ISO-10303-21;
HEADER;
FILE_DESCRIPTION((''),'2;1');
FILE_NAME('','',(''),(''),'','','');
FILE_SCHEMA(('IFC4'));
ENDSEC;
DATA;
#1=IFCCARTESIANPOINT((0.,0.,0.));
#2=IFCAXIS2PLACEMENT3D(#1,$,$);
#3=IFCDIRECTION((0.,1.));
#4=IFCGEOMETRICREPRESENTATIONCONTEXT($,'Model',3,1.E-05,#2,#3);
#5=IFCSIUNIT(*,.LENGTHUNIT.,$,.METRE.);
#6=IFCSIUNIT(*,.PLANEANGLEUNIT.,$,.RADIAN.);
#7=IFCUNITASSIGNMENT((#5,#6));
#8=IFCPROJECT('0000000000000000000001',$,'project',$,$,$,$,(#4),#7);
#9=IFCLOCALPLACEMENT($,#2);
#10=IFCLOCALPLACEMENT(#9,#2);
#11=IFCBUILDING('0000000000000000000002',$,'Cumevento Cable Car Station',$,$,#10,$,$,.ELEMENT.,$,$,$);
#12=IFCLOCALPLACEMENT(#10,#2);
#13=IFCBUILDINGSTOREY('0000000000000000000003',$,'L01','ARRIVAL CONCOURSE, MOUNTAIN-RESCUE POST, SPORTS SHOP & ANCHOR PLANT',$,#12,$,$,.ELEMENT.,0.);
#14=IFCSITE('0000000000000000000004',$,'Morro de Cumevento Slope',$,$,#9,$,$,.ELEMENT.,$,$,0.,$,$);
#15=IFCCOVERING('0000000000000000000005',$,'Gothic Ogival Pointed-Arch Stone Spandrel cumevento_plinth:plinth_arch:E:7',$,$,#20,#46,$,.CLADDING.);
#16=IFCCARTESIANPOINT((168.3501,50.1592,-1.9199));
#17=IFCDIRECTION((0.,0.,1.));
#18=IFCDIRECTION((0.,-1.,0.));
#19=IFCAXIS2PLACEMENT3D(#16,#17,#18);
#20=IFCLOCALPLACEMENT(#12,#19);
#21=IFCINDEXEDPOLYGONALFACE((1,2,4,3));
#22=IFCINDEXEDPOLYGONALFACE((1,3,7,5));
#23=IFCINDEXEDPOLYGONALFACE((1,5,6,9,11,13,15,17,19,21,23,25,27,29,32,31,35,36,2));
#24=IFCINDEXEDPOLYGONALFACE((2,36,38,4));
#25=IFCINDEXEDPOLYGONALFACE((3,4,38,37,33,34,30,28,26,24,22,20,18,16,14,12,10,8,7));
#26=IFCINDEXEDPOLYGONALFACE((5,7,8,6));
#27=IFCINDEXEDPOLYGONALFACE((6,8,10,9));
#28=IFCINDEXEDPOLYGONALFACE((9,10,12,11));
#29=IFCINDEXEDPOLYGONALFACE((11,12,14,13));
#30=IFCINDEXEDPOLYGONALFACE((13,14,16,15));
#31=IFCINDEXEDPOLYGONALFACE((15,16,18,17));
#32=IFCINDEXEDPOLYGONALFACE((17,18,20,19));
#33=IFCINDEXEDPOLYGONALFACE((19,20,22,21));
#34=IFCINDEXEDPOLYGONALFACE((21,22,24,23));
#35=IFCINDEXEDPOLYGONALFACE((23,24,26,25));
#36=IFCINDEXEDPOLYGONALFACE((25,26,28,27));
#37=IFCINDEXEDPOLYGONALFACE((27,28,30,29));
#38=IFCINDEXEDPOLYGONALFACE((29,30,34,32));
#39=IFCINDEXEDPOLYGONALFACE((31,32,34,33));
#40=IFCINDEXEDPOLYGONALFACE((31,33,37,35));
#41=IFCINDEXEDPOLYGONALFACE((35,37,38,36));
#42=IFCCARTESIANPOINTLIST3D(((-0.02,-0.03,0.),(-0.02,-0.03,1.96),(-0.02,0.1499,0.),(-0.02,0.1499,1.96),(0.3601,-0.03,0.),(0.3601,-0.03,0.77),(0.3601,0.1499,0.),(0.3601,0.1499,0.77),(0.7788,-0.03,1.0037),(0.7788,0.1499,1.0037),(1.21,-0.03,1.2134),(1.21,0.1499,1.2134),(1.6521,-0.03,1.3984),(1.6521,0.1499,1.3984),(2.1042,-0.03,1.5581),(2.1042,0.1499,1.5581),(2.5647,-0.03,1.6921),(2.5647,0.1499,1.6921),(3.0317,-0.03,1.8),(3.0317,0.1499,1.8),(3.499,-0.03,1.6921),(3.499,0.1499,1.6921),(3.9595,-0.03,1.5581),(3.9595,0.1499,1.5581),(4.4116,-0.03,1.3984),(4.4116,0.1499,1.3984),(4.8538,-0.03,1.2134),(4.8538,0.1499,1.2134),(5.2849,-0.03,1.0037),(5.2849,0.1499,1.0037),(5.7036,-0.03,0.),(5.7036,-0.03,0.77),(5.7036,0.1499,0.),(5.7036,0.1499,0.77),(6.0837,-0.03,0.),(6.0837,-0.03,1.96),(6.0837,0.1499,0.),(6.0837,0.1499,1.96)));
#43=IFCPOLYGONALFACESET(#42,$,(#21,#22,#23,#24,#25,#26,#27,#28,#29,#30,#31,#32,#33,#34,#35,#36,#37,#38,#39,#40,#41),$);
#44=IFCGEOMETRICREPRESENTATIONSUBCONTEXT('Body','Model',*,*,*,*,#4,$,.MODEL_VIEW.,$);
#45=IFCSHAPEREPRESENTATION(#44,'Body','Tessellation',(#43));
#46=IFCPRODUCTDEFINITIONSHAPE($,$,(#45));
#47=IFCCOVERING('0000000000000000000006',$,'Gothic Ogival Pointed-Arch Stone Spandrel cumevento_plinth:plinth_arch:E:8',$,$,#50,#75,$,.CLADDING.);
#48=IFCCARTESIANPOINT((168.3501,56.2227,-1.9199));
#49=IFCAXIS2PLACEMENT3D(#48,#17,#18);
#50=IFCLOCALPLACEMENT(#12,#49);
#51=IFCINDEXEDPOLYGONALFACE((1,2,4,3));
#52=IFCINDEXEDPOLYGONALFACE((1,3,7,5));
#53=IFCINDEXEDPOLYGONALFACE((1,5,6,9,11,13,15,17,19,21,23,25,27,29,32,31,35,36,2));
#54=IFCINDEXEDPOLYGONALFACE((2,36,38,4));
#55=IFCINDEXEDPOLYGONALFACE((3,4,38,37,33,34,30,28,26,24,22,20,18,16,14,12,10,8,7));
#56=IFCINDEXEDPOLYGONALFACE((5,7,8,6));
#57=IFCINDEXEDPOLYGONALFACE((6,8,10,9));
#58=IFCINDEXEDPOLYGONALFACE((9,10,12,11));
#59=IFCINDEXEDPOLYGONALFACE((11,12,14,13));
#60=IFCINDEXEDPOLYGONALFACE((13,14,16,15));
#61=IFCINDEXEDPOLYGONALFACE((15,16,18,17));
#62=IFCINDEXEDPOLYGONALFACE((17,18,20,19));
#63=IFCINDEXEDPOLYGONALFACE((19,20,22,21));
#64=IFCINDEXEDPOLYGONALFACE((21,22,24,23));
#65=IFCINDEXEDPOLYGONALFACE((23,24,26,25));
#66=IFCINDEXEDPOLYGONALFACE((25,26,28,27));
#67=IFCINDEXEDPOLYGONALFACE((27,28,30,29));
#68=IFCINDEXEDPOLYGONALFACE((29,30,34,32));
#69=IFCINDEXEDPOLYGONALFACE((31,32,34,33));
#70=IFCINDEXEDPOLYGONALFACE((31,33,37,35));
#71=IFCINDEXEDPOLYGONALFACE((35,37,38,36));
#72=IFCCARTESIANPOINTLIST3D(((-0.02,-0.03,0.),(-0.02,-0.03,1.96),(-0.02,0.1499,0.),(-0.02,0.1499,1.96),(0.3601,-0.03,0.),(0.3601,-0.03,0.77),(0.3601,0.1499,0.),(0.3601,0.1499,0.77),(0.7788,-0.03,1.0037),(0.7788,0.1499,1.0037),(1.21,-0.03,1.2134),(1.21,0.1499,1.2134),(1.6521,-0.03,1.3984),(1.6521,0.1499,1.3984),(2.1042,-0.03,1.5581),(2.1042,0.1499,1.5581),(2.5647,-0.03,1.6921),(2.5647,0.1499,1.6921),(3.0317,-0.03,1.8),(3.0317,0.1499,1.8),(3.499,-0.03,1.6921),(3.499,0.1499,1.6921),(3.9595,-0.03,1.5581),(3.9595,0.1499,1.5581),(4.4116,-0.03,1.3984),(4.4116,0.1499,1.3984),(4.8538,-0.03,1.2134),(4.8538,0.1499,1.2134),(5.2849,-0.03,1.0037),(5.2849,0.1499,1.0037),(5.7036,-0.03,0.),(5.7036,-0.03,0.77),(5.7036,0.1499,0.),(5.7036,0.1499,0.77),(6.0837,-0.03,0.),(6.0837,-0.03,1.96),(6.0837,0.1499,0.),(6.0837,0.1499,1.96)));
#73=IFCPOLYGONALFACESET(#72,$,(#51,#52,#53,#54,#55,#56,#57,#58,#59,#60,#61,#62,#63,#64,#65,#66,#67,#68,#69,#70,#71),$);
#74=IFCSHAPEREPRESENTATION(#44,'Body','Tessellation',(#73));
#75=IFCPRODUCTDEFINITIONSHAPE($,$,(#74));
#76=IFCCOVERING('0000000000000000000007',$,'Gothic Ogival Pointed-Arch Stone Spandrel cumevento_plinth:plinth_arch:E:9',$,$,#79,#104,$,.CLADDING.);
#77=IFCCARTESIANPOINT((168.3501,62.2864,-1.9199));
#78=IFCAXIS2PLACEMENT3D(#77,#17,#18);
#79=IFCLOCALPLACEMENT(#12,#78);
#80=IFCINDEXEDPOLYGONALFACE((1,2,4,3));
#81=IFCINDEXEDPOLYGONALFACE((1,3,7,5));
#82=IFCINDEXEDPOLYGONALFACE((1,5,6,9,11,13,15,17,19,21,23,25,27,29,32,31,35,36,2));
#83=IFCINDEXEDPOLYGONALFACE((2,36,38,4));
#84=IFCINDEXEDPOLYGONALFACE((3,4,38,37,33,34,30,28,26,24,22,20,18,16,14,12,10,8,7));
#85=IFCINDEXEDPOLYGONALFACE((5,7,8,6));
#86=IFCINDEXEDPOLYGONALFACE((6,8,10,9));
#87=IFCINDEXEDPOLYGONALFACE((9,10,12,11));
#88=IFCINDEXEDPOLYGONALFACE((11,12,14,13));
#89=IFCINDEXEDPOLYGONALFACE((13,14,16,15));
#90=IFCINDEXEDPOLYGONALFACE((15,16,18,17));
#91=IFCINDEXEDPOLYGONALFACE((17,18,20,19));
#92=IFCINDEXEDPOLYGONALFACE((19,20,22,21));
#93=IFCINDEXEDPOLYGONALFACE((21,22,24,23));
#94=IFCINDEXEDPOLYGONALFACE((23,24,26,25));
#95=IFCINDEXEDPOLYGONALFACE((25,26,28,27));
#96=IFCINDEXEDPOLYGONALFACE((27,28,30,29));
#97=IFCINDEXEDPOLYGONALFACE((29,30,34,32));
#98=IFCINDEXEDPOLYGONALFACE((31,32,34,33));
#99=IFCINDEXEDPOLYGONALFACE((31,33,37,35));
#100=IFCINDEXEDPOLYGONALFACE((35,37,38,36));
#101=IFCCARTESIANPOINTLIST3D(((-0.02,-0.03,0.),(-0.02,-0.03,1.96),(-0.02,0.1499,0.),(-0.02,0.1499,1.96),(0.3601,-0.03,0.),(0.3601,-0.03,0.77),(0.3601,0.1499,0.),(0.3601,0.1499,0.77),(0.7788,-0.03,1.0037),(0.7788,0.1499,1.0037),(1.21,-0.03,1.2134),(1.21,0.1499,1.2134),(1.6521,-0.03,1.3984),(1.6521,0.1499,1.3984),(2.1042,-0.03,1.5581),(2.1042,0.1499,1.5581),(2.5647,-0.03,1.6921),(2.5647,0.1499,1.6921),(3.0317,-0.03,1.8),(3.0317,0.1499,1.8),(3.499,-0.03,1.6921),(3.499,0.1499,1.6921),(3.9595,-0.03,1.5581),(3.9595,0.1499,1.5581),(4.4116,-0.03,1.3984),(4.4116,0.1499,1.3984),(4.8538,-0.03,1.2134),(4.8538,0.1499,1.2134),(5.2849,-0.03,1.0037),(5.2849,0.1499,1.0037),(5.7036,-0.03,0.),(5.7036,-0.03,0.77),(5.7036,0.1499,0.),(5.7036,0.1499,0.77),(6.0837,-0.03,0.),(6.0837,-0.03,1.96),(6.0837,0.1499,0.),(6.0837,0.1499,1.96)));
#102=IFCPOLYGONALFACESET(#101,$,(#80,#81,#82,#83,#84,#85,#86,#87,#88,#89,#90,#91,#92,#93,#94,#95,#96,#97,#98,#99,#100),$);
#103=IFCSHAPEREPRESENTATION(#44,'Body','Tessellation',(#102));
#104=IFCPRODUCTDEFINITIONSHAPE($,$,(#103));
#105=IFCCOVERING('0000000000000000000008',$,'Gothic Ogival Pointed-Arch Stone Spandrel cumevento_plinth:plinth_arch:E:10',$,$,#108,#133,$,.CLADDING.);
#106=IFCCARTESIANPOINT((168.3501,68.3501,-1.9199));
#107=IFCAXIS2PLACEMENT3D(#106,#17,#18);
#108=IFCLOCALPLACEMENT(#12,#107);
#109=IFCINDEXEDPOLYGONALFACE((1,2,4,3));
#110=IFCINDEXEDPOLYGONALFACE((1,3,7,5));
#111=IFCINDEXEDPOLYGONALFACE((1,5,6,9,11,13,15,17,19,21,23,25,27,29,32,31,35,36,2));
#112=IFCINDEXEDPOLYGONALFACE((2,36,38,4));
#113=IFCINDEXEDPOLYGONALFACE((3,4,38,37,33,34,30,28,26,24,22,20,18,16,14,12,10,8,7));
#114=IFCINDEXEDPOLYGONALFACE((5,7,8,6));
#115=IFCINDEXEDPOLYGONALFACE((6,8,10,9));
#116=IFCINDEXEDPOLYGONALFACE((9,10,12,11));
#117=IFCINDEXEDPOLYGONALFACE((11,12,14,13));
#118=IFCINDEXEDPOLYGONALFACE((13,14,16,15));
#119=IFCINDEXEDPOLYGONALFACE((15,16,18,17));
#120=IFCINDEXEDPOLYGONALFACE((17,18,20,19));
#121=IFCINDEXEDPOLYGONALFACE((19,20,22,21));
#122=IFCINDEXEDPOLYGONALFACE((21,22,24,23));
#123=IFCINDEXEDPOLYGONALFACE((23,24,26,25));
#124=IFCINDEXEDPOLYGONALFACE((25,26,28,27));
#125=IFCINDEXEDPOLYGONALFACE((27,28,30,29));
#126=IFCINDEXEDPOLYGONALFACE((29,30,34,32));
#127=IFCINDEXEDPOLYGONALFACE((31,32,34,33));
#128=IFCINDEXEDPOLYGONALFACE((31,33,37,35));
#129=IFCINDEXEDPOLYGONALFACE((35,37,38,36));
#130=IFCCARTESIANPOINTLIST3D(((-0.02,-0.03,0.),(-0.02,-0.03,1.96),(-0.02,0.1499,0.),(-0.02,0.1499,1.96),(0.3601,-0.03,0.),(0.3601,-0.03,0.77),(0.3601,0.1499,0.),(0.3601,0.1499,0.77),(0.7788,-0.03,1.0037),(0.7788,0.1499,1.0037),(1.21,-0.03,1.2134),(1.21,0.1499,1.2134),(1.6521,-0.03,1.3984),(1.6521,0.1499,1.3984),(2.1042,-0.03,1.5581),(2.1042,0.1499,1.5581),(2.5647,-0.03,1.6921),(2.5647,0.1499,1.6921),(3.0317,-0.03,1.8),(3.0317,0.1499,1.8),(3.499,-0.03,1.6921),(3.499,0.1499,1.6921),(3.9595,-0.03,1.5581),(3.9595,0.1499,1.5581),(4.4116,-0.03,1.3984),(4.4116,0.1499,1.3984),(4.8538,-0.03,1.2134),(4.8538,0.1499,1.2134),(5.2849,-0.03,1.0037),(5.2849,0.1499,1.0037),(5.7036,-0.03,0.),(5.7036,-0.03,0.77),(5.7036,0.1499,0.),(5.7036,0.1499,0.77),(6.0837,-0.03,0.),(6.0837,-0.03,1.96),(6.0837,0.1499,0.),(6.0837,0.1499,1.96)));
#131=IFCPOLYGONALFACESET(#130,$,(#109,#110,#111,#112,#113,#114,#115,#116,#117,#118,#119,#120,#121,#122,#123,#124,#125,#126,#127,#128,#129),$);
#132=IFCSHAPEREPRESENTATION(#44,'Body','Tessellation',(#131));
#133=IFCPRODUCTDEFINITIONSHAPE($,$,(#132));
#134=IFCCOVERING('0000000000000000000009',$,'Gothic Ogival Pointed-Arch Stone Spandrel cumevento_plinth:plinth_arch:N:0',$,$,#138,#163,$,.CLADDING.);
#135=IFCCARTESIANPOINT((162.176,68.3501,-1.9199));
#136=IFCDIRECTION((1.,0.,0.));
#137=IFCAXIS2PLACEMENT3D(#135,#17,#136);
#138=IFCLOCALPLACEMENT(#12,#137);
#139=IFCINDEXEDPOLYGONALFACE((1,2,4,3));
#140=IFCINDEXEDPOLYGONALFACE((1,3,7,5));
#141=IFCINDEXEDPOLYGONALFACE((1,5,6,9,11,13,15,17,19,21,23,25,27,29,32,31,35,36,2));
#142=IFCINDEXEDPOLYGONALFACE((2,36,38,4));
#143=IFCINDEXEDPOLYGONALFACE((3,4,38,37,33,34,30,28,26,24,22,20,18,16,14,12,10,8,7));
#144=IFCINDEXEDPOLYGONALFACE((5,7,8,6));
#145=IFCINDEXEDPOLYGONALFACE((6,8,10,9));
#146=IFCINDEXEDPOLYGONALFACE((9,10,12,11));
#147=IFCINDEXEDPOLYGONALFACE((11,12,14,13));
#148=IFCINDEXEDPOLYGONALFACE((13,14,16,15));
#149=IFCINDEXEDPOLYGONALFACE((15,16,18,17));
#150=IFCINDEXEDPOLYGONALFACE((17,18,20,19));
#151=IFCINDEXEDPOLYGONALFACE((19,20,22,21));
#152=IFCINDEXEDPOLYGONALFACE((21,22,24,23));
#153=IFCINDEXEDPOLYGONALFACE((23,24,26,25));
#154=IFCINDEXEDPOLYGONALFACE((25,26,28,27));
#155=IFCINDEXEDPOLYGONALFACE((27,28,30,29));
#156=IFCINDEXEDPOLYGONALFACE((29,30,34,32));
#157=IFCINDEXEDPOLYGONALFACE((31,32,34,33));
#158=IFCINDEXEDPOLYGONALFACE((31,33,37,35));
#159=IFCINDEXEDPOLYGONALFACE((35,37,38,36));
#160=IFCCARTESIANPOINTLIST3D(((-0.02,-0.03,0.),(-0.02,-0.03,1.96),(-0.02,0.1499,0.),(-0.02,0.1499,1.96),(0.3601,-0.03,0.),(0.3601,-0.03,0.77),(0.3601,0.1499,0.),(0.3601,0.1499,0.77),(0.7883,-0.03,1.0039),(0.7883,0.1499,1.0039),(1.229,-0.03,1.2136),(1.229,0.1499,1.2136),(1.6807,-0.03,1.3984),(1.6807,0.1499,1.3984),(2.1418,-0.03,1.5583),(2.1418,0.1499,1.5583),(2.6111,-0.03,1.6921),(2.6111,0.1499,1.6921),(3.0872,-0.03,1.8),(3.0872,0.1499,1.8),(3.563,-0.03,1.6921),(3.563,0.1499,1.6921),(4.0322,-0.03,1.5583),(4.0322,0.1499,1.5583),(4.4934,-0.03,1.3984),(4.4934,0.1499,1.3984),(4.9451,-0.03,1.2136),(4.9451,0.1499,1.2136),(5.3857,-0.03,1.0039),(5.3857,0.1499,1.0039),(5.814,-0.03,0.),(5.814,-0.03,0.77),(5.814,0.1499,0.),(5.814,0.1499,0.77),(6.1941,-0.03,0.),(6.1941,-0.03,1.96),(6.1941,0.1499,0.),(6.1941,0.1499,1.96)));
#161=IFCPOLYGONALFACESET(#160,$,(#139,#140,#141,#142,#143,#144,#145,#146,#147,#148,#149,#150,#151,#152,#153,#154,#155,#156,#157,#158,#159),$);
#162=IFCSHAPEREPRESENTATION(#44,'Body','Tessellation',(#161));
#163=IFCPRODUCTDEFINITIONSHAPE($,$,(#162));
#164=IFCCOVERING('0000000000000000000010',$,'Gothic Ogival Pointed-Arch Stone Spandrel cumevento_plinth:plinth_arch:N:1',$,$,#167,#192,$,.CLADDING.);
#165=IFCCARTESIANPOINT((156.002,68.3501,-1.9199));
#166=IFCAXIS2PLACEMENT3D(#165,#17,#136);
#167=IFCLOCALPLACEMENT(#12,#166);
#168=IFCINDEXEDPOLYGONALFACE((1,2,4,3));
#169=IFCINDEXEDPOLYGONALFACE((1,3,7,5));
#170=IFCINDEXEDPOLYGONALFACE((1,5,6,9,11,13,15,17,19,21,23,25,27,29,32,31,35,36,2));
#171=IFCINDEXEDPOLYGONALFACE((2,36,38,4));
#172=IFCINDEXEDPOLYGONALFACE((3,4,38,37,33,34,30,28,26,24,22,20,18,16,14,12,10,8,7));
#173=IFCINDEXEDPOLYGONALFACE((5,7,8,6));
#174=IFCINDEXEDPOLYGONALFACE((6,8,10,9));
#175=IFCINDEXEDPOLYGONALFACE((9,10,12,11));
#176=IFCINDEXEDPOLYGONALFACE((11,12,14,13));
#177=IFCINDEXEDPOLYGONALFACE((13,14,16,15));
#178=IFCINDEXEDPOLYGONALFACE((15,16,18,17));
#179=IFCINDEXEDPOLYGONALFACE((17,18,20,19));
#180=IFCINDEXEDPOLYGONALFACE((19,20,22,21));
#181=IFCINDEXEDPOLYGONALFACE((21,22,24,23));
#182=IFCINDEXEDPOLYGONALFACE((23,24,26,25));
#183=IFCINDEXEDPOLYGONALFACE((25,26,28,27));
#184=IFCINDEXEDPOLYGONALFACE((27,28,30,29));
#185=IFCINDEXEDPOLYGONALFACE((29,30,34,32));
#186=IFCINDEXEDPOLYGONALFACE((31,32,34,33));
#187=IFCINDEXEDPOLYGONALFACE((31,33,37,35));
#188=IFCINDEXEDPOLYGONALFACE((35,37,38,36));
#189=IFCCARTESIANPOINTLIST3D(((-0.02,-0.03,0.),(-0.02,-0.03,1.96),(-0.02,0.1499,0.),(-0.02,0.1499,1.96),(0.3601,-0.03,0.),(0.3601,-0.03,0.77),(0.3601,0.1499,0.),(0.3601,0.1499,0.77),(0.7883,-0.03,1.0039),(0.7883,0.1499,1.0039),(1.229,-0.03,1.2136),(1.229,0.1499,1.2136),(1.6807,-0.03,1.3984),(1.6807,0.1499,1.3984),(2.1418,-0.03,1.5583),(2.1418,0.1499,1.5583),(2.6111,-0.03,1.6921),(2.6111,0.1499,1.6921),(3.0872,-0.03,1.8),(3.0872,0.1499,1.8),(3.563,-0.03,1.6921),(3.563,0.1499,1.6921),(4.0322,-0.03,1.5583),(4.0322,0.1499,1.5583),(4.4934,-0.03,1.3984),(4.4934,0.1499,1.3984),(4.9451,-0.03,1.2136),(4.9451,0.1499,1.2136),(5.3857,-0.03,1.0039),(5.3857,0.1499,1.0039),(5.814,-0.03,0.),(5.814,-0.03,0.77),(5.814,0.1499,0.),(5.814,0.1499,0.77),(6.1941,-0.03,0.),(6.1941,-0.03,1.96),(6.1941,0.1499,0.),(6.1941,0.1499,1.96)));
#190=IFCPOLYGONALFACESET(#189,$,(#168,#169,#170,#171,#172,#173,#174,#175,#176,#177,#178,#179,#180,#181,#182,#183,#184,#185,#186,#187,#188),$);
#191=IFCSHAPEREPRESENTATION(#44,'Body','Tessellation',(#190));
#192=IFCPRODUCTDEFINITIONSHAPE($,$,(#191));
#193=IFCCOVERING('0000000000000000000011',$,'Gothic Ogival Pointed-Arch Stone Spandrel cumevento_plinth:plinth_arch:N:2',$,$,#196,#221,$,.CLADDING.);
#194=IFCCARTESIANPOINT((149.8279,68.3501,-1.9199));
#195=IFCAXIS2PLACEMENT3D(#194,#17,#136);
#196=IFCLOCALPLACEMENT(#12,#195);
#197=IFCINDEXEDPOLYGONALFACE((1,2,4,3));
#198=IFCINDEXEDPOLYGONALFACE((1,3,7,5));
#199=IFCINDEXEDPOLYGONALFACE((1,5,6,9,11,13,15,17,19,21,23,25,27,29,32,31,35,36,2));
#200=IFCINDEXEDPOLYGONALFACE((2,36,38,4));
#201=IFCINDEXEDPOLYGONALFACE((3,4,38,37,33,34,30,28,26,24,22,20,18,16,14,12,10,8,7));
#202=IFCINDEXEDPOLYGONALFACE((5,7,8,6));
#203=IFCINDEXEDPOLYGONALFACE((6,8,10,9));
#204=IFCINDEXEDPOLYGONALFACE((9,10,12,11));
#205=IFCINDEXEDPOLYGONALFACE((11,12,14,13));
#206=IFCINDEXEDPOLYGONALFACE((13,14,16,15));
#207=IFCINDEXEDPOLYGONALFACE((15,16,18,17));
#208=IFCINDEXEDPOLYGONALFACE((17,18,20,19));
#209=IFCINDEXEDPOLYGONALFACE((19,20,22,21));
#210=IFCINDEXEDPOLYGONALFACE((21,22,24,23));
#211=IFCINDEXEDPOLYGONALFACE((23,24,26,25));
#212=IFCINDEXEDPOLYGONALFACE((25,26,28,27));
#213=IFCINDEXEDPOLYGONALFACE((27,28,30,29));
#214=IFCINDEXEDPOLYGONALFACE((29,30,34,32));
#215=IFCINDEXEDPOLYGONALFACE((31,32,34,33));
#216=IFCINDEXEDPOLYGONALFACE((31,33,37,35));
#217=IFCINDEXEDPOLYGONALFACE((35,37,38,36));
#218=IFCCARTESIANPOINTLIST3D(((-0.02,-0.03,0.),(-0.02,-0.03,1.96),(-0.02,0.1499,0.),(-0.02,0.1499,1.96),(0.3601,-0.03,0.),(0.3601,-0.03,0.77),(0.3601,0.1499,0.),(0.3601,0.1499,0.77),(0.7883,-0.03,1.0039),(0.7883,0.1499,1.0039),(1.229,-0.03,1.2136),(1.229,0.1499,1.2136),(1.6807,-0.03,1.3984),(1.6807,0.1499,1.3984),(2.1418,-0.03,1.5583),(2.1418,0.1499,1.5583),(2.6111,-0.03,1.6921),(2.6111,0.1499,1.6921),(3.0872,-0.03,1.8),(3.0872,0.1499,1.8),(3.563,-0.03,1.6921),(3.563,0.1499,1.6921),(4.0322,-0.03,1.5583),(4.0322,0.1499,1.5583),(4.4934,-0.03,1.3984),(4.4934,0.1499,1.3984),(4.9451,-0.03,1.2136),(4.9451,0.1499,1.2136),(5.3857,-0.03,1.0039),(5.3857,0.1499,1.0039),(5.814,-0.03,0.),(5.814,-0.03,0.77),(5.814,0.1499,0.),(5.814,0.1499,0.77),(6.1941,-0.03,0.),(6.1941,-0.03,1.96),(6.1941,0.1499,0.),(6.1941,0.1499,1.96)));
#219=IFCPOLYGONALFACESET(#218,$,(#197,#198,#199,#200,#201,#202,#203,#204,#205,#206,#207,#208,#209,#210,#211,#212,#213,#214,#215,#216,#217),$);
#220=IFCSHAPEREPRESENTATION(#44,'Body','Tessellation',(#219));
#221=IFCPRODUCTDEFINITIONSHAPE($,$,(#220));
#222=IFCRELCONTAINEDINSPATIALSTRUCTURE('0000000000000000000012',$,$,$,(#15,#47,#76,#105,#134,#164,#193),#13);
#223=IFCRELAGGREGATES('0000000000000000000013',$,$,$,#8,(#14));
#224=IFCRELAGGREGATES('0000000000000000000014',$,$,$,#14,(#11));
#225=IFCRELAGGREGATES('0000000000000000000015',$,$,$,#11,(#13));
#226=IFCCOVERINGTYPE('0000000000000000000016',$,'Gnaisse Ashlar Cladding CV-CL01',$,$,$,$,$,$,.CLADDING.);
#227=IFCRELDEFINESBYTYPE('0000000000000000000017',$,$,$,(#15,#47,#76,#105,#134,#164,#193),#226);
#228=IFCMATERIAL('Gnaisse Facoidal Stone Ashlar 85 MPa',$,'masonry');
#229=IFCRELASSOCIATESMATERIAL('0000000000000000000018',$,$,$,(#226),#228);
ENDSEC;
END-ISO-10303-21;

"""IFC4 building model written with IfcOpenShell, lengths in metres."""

from ifc_helpers import new_model, si_unit, direction, frame, origin, place, context, subcontext, project, spatial, polyline, outline, extrude, material, type_object, element, save


model = new_model("IFC4")

# Units and contexts
model_context = context("Model", 3, precision=1e-05, world=origin(), true_north=direction((0.0, 1.0)))
body_context = subcontext(model_context, "Body", "Model", "MODEL_VIEW")
ifc_project = project(units=[si_unit("LENGTHUNIT", "METRE"), si_unit("PLANEANGLEUNIT", "RADIAN")], contexts=[model_context])

# Site, building, storey
site_placement = place(None, origin())
site = spatial("IfcSite", under=ifc_project, at=site_placement, Name="Morro de Cumevento Slope", CompositionType="ELEMENT", RefElevation=0.0)
building_placement = place(site_placement, origin())
building = spatial("IfcBuilding", under=site, at=building_placement, Name="Cumevento Cable Car Station", CompositionType="ELEMENT")
storey_placement = place(building_placement, origin())
storey = spatial("IfcBuildingStorey", under=building, at=storey_placement, Name="L01", Description="ARRIVAL CONCOURSE, MOUNTAIN-RESCUE POST, SPORTS SHOP & ANCHOR PLANT", CompositionType="ELEMENT", Elevation=0.0)

# Coverings
ifc_material_1 = material(Name="Gnaisse Facoidal Stone Ashlar 85 MPa", Category="masonry")
covering_type = type_object("IfcCoveringType", Name="Gnaisse Ashlar Cladding CV-CL01", PredefinedType="CLADDING", material=ifc_material_1)
for number, where, z_axis, x_axis, name in (
    (1, (168.3501, 50.1592, -1.9199), (0.0, 0.0, 1.0), (0.0, -1.0, 0.0), "Gothic Ogival Pointed-Arch Stone Spandrel cumevento_plinth:plinth_arch:E:7"),
    (2, (168.3501, 56.2227, -1.9199), (0.0, 0.0, 1.0), (0.0, -1.0, 0.0), "Gothic Ogival Pointed-Arch Stone Spandrel cumevento_plinth:plinth_arch:E:8"),
    (3, (168.3501, 62.2864, -1.9199), (0.0, 0.0, 1.0), (0.0, -1.0, 0.0), "Gothic Ogival Pointed-Arch Stone Spandrel cumevento_plinth:plinth_arch:E:9"),
    (4, (168.3501, 68.3501, -1.9199), (0.0, 0.0, 1.0), (0.0, -1.0, 0.0), "Gothic Ogival Pointed-Arch Stone Spandrel cumevento_plinth:plinth_arch:E:10"),
):
    element("IfcCovering", number, at=place(storey_placement, frame(where, z_axis=z_axis, x_axis=x_axis)), inside=storey, type_object=covering_type, Name=name, PredefinedType="CLADDING", context=body_context, shape_type="SweptSolid", body=[
        extrude(outline(polyline([(-0.02, 0.0), (-0.02, 1.96), (6.0837, 1.96), (6.0837, 0.0), (5.7036, 0.0), (5.7036, 0.77), (5.2849, 1.0037), (4.8538, 1.2134), (4.4116, 1.3984), (3.9595, 1.5581), (3.499, 1.6921), (3.0317, 1.8), (2.5647, 1.6921), (2.1042, 1.5581), (1.6521, 1.3984), (1.21, 1.2134), (0.7788, 1.0037), (0.3601, 0.77), (0.3601, 0.0), (-0.02, 0.0)])), frame((0.0, 0.1499, 0.0), z_axis=(0.0, -1.0, 0.0), x_axis=(1.0, 0.0, 0.0)), (0.0, 0.0, 1.0), 0.1799),
    ])
for number, where, z_axis, x_axis, name in (
    (5, (162.176, 68.3501, -1.9199), (0.0, 0.0, 1.0), (1.0, 0.0, 0.0), "Gothic Ogival Pointed-Arch Stone Spandrel cumevento_plinth:plinth_arch:N:0"),
    (6, (156.002, 68.3501, -1.9199), (0.0, 0.0, 1.0), (1.0, 0.0, 0.0), "Gothic Ogival Pointed-Arch Stone Spandrel cumevento_plinth:plinth_arch:N:1"),
    (7, (149.8279, 68.3501, -1.9199), (0.0, 0.0, 1.0), (1.0, 0.0, 0.0), "Gothic Ogival Pointed-Arch Stone Spandrel cumevento_plinth:plinth_arch:N:2"),
):
    element("IfcCovering", number, at=place(storey_placement, frame(where, z_axis=z_axis, x_axis=x_axis)), inside=storey, type_object=covering_type, Name=name, PredefinedType="CLADDING", context=body_context, shape_type="SweptSolid", body=[
        extrude(outline(polyline([(-0.02, 0.0), (-0.02, 1.96), (6.1941, 1.96), (6.1941, 0.0), (5.814, 0.0), (5.814, 0.77), (5.3857, 1.0039), (4.9451, 1.2136), (4.4934, 1.3984), (4.0322, 1.5583), (3.563, 1.6921), (3.0872, 1.8), (2.6111, 1.6921), (2.1418, 1.5583), (1.6807, 1.3984), (1.229, 1.2136), (0.7883, 1.0039), (0.3601, 0.77), (0.3601, 0.0), (-0.02, 0.0)])), frame((0.0, 0.1499, 0.0), z_axis=(0.0, -1.0, 0.0), x_axis=(1.0, 0.0, 0.0)), (0.0, 0.0, 1.0), 0.1799),
    ])

save(model, "model.ifc")
